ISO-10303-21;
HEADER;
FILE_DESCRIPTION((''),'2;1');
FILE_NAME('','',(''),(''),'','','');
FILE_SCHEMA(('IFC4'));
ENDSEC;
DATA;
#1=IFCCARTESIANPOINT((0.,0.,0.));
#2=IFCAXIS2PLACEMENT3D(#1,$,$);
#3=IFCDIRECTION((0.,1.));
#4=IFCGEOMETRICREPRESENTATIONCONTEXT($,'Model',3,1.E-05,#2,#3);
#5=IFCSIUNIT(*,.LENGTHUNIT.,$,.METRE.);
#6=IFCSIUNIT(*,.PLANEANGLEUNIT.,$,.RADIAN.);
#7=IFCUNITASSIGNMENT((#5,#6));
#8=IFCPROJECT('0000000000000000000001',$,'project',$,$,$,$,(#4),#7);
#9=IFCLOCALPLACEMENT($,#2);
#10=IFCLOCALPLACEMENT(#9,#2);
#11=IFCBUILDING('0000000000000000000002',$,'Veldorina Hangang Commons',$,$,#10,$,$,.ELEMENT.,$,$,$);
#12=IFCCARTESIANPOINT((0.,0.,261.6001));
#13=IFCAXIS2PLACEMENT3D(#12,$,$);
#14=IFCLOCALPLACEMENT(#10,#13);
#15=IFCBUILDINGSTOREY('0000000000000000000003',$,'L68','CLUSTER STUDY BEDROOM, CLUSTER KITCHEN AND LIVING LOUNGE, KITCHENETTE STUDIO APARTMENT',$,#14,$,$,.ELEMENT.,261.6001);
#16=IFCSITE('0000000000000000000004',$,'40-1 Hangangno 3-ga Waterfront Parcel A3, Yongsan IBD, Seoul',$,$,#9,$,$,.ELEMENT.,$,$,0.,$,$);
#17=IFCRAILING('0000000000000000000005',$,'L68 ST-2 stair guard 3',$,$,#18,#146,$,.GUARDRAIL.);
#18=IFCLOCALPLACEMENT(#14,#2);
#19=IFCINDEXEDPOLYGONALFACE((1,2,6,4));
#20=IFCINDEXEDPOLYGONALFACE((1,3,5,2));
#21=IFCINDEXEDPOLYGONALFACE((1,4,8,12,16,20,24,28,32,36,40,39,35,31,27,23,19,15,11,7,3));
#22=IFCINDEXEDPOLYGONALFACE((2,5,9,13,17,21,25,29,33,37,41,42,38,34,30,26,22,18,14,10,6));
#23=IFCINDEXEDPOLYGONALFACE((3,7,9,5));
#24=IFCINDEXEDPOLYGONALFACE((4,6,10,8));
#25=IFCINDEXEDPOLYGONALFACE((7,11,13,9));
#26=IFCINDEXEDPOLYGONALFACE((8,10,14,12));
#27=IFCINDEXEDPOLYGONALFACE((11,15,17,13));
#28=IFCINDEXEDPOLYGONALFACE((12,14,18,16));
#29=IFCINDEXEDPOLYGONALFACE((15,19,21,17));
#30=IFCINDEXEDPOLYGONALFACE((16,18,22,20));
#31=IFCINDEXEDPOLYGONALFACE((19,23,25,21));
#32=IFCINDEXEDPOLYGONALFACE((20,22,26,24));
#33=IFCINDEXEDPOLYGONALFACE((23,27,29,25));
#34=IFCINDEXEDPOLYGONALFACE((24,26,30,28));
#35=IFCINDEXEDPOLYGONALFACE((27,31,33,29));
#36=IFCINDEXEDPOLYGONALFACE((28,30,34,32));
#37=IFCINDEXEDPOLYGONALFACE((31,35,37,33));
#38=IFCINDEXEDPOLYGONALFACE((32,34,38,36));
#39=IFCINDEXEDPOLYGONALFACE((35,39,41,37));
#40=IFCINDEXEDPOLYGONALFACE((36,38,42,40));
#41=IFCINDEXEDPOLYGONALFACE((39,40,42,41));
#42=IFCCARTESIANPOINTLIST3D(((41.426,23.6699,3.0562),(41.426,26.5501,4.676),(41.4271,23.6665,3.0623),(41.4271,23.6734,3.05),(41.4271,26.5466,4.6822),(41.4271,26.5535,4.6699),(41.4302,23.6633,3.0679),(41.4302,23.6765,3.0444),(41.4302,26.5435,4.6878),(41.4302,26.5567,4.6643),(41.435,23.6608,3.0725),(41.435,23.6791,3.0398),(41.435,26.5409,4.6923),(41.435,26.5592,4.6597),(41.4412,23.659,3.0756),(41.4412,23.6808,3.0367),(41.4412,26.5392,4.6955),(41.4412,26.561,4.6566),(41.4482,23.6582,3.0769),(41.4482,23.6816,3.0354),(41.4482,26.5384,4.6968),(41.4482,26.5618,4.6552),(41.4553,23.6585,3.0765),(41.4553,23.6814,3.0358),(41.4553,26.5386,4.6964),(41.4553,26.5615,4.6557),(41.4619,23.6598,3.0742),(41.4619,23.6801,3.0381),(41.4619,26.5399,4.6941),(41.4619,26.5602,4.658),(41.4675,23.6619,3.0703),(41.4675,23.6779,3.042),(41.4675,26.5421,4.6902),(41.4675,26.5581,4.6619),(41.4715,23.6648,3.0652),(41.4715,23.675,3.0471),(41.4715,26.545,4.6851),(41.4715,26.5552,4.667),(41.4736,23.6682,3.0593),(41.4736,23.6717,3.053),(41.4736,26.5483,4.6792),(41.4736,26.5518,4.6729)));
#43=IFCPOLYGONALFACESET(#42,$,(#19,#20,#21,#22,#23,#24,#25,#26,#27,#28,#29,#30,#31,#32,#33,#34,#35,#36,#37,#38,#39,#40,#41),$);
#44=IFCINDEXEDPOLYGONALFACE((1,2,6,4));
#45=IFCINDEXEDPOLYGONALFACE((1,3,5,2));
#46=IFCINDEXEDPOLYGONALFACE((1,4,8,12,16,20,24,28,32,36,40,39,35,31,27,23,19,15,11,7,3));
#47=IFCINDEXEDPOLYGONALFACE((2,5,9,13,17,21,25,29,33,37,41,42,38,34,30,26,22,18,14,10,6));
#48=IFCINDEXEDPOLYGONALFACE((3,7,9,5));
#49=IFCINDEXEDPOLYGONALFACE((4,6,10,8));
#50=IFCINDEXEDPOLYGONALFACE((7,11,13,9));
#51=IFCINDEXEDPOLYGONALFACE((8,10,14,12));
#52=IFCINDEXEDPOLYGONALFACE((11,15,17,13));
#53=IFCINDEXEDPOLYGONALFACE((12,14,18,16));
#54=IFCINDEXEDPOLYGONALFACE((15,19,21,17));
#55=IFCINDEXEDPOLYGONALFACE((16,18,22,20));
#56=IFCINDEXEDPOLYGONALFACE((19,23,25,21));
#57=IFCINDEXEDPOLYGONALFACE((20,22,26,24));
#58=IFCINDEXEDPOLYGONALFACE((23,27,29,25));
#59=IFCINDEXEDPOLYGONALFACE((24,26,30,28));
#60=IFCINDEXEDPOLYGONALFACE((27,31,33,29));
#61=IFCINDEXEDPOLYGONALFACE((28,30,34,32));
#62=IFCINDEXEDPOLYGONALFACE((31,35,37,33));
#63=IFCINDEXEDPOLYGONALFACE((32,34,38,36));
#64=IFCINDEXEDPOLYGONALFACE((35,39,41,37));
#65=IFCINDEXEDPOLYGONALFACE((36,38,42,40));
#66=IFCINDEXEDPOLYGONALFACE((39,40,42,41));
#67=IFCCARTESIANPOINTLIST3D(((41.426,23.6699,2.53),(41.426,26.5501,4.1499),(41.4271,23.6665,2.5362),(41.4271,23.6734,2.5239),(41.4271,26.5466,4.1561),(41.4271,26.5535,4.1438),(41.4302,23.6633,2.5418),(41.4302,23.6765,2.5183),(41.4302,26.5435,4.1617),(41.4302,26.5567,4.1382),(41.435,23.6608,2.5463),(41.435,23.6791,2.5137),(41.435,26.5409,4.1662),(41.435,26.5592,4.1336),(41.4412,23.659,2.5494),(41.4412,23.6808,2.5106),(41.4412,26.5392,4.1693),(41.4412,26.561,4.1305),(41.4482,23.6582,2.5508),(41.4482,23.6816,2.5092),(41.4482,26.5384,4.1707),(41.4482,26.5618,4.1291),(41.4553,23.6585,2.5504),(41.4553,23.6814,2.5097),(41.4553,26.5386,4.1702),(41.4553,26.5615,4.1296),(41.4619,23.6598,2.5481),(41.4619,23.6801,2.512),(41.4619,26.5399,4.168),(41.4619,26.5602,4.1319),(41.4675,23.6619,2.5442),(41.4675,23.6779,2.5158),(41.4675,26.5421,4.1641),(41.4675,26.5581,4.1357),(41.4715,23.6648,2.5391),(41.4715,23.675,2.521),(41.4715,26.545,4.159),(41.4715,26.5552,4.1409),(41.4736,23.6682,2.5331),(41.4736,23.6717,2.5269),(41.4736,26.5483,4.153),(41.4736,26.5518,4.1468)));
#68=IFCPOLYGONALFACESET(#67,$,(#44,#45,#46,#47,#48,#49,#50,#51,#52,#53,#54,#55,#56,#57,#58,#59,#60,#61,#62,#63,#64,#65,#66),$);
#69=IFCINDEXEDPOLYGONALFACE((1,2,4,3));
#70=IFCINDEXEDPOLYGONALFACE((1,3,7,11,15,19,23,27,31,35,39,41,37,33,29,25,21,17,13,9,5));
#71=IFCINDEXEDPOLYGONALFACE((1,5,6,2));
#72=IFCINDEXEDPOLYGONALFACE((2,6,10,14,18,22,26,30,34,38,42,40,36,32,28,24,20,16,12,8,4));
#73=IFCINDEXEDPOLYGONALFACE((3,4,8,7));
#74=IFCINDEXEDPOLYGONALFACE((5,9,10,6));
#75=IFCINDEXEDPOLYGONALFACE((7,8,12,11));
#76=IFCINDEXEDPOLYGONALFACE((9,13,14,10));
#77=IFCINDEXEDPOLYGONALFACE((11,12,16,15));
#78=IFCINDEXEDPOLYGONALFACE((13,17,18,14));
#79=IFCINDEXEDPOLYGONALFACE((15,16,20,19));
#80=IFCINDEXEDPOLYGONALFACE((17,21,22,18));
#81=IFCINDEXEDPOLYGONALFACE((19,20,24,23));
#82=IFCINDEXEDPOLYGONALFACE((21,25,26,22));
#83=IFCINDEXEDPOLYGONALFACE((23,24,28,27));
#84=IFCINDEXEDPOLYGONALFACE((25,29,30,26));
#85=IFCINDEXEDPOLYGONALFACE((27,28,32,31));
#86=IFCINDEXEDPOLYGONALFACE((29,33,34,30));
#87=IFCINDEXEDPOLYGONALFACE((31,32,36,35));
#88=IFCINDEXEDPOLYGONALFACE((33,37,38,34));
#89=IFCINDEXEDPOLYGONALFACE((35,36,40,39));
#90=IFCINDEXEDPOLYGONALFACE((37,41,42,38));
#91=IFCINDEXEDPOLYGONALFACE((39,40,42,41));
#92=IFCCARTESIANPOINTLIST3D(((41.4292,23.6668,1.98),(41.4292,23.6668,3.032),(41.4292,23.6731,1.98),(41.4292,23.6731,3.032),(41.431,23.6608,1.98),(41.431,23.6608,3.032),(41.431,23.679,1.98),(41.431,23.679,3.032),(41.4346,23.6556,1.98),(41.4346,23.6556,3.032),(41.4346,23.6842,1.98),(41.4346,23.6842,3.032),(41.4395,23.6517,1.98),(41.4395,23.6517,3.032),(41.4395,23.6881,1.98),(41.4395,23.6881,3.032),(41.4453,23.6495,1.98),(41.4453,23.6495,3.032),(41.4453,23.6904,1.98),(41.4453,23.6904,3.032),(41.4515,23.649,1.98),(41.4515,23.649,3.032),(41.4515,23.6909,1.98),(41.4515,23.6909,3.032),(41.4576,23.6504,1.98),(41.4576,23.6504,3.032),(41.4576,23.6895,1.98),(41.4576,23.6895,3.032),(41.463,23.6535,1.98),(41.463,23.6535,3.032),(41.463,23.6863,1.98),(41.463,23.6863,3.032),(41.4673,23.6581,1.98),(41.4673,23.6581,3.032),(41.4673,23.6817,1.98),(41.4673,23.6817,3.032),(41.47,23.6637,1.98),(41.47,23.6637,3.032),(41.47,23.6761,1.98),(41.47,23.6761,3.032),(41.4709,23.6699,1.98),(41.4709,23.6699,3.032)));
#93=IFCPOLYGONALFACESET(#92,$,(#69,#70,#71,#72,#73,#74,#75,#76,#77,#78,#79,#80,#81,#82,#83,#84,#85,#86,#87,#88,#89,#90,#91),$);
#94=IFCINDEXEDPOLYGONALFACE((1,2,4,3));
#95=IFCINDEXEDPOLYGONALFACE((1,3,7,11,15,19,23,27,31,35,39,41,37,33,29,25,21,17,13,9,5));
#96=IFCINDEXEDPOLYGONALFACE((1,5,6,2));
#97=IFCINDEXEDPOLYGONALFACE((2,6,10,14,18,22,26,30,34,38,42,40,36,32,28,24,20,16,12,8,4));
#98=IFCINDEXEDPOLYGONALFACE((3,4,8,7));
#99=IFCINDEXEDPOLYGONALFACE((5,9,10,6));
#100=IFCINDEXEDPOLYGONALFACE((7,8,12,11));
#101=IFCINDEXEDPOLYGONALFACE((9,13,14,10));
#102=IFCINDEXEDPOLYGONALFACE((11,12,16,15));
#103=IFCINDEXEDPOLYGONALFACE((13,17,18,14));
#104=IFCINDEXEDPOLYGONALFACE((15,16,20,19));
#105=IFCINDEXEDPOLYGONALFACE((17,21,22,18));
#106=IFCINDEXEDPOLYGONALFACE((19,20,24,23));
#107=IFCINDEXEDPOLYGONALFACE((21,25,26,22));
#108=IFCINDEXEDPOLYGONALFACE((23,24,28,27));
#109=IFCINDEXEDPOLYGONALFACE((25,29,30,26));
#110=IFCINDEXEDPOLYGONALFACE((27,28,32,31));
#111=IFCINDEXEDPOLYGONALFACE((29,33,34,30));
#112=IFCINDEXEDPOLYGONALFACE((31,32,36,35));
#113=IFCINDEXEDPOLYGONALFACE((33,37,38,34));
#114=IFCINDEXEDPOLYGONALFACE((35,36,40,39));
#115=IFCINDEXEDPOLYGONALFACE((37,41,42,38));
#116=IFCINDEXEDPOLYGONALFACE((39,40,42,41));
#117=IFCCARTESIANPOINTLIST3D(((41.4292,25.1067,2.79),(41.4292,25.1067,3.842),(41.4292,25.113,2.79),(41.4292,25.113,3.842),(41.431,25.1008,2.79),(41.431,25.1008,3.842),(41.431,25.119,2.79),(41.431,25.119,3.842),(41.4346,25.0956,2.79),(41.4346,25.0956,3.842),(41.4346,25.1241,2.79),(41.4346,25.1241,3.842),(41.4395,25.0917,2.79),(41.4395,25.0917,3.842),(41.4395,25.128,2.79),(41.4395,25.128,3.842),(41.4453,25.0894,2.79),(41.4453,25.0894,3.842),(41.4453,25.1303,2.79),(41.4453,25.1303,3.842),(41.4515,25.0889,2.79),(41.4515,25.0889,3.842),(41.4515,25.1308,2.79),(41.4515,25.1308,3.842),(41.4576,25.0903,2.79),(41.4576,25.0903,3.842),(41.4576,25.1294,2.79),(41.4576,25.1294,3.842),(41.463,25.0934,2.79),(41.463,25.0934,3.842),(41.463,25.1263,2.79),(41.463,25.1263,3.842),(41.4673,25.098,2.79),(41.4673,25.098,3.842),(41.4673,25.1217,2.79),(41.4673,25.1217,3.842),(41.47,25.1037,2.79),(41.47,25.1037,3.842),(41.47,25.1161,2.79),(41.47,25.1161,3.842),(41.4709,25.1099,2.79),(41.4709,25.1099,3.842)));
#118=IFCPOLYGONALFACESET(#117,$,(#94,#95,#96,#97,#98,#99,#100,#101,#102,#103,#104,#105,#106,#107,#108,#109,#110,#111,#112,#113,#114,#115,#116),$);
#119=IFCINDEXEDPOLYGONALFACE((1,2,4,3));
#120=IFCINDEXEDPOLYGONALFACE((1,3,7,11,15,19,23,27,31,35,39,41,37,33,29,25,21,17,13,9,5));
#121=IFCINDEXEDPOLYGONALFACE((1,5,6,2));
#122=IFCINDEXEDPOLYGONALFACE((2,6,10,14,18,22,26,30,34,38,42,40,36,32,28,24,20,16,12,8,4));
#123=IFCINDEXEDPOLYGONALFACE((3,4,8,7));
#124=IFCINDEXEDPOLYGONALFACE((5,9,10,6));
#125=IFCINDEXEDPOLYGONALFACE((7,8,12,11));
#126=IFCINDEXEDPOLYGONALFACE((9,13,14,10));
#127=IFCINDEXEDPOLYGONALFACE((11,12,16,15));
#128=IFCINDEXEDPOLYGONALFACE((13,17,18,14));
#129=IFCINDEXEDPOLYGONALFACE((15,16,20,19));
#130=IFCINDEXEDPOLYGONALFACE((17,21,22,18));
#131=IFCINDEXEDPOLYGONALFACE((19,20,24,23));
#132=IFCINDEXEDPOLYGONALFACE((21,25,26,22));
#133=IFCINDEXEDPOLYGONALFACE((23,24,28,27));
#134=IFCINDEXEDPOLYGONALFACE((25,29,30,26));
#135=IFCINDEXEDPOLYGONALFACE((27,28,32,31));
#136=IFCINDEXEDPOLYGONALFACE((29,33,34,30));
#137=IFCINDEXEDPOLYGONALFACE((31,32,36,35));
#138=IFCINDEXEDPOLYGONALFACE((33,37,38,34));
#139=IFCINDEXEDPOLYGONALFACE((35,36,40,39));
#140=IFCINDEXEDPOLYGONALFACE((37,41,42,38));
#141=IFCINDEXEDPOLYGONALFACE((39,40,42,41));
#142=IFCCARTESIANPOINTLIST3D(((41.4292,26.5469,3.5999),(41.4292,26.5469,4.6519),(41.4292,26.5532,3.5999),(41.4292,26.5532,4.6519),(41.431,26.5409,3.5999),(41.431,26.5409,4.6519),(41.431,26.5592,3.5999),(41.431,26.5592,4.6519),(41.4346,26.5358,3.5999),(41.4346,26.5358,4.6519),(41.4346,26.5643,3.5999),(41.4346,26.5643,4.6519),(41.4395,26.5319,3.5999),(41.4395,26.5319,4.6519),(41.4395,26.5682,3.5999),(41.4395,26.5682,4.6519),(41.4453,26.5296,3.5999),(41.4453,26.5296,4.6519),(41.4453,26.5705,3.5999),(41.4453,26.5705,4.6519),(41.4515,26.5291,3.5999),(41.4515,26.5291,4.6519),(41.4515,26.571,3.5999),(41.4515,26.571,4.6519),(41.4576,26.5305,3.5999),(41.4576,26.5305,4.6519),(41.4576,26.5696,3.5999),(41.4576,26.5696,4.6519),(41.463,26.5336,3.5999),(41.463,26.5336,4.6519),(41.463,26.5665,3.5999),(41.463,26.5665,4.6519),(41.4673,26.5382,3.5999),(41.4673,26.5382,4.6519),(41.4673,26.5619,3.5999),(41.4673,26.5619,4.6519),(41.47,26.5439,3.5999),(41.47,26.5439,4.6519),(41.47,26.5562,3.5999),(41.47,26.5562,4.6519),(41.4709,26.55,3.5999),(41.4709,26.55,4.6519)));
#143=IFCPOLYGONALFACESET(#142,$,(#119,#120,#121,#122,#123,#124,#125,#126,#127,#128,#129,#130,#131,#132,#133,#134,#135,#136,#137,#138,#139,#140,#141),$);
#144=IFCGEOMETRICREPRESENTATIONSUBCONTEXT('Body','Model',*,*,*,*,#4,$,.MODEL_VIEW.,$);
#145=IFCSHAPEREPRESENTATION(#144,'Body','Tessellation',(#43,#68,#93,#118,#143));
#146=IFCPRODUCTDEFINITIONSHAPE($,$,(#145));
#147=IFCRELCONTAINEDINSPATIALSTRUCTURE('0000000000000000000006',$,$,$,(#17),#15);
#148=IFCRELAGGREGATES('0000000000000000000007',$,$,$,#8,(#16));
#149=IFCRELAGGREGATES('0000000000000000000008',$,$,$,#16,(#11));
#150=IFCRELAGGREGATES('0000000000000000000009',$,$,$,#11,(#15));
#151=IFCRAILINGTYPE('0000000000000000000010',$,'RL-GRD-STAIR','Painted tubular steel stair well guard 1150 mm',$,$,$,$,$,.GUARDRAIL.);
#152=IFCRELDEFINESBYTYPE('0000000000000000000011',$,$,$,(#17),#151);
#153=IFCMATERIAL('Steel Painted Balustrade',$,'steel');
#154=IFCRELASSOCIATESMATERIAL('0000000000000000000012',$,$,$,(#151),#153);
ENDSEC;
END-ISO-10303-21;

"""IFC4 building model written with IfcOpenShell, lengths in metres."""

from ifc_helpers import new_model, si_unit, direction, frame, origin, origin_2d, place, context, subcontext, project, spatial, circle, extrude, material, type_object, element, save


model = new_model("IFC4")

# Units and contexts
model_context = context("Model", 3, precision=1e-05, world=origin(), true_north=direction((0.0, 1.0)))
body_context = subcontext(model_context, "Body", "Model", "MODEL_VIEW")
ifc_project = project(units=[si_unit("LENGTHUNIT", "METRE"), si_unit("PLANEANGLEUNIT", "RADIAN")], contexts=[model_context])

# Site, building, storey
site_placement = place(None, origin())
site = spatial("IfcSite", under=ifc_project, at=site_placement, Name="40-1 Hangangno 3-ga Waterfront Parcel A3, Yongsan IBD, Seoul", CompositionType="ELEMENT", RefElevation=0.0)
building_placement = place(site_placement, origin())
building = spatial("IfcBuilding", under=site, at=building_placement, Name="Veldorina Hangang Commons", CompositionType="ELEMENT")
storey_placement = place(building_placement, frame((0.0, 0.0, 261.6001)))
storey = spatial("IfcBuildingStorey", under=building, at=storey_placement, Name="L68", Description="CLUSTER STUDY BEDROOM, CLUSTER KITCHEN AND LIVING LOUNGE, KITCHENETTE STUDIO APARTMENT", CompositionType="ELEMENT", Elevation=261.6001)

# Railing
ifc_material_1 = material(Name="Steel Painted Balustrade", Category="steel")
railing_type_1 = type_object("IfcRailingType", Name="RL-GRD-STAIR", Description="Painted tubular steel stair well guard 1150 mm", PredefinedType="GUARDRAIL", material=ifc_material_1)
railing_1_placement = place(storey_placement, frame((41.45, 23.6699, 1.98)))
element("IfcRailing", 1, at=railing_1_placement, inside=storey, type_object=railing_type_1, Name="L68 ST-2 stair guard 3", PredefinedType="GUARDRAIL", context=body_context, shape_type="SweptSolid", body=[
    extrude(circle(Radius=0.0239, at=origin_2d()), frame((0.0, 0.0, 1.0762), z_axis=(0.0, 0.871601, 0.490216), x_axis=(-1.0, 0.0, 0.0)), (0.0, 0.0, 1.0), 3.3044),
    extrude(circle(Radius=0.0239, at=origin_2d()), frame((0.0, 0.0, 0.55), z_axis=(0.0, 0.871601, 0.490216), x_axis=(-1.0, 0.0, 0.0)), (0.0, 0.0, 1.0), 3.3044),
    extrude(circle(Radius=0.021, at=origin_2d()), origin(), (0.0, 0.0, 1.0), 1.052),
    extrude(circle(Radius=0.021, at=origin_2d()), frame((0.0, 1.4399, 0.8101)), (0.0, 0.0, 1.0), 1.052),
    extrude(circle(Radius=0.021, at=origin_2d()), frame((0.0, 2.8801, 1.6199)), (0.0, 0.0, 1.0), 1.052),
])

save(model, "model.ifc")
